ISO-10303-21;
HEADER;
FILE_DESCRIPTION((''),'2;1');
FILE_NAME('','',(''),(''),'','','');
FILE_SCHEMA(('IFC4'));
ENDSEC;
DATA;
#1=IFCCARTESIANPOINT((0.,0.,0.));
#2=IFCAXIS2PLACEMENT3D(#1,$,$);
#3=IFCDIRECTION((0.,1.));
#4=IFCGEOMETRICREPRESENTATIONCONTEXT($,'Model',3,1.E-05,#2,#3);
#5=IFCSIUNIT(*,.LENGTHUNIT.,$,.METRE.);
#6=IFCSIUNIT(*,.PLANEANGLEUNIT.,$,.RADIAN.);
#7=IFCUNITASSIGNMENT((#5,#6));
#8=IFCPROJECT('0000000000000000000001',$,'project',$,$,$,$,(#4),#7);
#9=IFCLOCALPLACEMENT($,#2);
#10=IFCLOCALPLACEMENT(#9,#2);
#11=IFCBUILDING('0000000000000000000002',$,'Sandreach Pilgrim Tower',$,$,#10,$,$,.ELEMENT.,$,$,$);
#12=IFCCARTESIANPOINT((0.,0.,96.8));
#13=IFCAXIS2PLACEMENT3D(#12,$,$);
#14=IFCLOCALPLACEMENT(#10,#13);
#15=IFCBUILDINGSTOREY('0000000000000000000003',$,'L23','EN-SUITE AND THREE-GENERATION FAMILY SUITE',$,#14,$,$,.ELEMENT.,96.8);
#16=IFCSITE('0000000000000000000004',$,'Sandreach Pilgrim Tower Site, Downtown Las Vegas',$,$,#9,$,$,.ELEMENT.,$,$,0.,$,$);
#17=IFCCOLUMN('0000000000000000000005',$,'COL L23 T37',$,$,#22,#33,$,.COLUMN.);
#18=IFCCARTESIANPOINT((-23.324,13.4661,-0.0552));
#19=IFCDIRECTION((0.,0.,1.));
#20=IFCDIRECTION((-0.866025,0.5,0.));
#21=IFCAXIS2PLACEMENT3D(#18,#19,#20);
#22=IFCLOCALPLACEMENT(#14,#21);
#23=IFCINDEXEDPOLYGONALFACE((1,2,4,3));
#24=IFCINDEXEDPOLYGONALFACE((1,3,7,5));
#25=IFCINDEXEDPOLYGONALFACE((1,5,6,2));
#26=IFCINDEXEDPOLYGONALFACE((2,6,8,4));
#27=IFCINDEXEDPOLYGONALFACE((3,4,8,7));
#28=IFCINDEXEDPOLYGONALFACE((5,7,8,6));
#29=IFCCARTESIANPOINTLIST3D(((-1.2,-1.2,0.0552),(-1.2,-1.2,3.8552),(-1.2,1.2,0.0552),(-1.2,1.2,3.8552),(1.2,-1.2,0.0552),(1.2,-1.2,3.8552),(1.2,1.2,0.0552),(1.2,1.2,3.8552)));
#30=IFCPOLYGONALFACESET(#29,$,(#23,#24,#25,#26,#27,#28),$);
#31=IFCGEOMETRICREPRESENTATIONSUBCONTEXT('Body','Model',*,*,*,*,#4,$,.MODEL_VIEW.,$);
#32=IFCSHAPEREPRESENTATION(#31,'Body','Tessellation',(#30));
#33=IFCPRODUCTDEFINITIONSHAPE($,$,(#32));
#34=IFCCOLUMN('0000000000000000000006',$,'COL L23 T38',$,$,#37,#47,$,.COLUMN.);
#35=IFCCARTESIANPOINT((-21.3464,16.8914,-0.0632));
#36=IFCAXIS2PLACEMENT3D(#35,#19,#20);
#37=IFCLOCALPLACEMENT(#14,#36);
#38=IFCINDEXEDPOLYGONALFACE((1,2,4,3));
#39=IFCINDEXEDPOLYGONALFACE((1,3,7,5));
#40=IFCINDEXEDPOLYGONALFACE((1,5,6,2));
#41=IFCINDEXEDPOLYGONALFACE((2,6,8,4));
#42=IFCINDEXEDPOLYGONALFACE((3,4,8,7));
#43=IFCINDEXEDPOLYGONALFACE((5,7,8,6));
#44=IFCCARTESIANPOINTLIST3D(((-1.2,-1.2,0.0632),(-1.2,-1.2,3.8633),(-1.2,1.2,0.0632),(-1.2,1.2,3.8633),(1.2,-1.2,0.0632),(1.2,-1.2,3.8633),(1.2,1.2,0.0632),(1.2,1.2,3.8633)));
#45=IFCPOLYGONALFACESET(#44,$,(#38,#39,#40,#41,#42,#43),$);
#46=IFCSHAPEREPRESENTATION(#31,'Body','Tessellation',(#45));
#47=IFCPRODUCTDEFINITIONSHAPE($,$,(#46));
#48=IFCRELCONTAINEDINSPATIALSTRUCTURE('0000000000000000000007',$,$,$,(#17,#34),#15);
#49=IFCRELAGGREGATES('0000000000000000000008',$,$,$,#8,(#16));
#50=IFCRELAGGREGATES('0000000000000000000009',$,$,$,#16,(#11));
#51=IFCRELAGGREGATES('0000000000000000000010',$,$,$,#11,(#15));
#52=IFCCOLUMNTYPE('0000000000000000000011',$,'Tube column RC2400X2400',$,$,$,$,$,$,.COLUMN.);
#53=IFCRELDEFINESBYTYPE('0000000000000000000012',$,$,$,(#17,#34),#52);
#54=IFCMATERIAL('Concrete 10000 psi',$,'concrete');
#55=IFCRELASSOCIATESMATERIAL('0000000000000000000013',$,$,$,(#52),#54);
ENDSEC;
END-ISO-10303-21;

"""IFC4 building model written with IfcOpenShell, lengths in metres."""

from ifc_helpers import new_model, si_unit, direction, frame, origin, origin_2d, place, context, subcontext, project, spatial, rectangle, extrude, clip, halfspace, material, material_profile, profile_set, type_object, element, save


model = new_model("IFC4")

# Units and contexts
model_context = context("Model", 3, precision=1e-05, world=origin(), true_north=direction((0.0, 1.0)))
body_context = subcontext(model_context, "Body", "Model", "MODEL_VIEW")
ifc_project = project(units=[si_unit("LENGTHUNIT", "METRE"), si_unit("PLANEANGLEUNIT", "RADIAN")], contexts=[model_context])

# Site, building, storey
site_placement = place(None, origin())
site = spatial("IfcSite", under=ifc_project, at=site_placement, Name="Sandreach Pilgrim Tower Site, Downtown Las Vegas", CompositionType="ELEMENT", RefElevation=0.0)
building_placement = place(site_placement, origin())
building = spatial("IfcBuilding", under=site, at=building_placement, Name="Sandreach Pilgrim Tower", CompositionType="ELEMENT")
storey_placement = place(building_placement, frame((0.0, 0.0, 96.8)))
storey = spatial("IfcBuildingStorey", under=building, at=storey_placement, Name="L23", Description="EN-SUITE AND THREE-GENERATION FAMILY SUITE", CompositionType="ELEMENT", Elevation=96.8)

# Columns
ifc_material_1 = material(Name="Concrete 10000 psi", Category="concrete")
ifc_material_profile_1 = material_profile(ifc_material_1, rectangle(XDim=2.3999, YDim=2.3999, at=origin_2d()), Name="RC2400X2400")
ifc_profile_set_1 = profile_set([ifc_material_profile_1], Name="Concrete 10000 psi")
column_type = type_object("IfcColumnType", Name="Tube column RC2400X2400", PredefinedType="COLUMN", material=ifc_profile_set_1)
column_1_placement = place(storey_placement, frame((-23.324, 13.4661, -0.0552), z_axis=(0.0, 0.0, 1.0), x_axis=(-0.866025, 0.5, 0.0)))
element("IfcColumn", 1, at=column_1_placement, inside=storey, type_object=column_type, Name="COL L23 T37", PredefinedType="COLUMN", context=body_context, shape_type="SweptSolid", body=[
    clip(extrude(rectangle(XDim=2.3999, YDim=2.3999, at=origin_2d()), origin(), (0.0, 0.0, 1.0), 3.8552), halfspace(frame((0.0, 0.0, 0.0552)), True)),
])
column_2_placement = place(storey_placement, frame((-21.3464, 16.8914, -0.0632), z_axis=(0.0, 0.0, 1.0), x_axis=(-0.866025, 0.5, 0.0)))
element("IfcColumn", 2, at=column_2_placement, inside=storey, type_object=column_type, Name="COL L23 T38", PredefinedType="COLUMN", context=body_context, shape_type="SweptSolid", body=[
    clip(extrude(rectangle(XDim=2.3999, YDim=2.3999, at=origin_2d()), origin(), (0.0, 0.0, 1.0), 3.8633), halfspace(frame((0.0, 0.0, 0.0632)), True)),
])

save(model, "model.ifc")
